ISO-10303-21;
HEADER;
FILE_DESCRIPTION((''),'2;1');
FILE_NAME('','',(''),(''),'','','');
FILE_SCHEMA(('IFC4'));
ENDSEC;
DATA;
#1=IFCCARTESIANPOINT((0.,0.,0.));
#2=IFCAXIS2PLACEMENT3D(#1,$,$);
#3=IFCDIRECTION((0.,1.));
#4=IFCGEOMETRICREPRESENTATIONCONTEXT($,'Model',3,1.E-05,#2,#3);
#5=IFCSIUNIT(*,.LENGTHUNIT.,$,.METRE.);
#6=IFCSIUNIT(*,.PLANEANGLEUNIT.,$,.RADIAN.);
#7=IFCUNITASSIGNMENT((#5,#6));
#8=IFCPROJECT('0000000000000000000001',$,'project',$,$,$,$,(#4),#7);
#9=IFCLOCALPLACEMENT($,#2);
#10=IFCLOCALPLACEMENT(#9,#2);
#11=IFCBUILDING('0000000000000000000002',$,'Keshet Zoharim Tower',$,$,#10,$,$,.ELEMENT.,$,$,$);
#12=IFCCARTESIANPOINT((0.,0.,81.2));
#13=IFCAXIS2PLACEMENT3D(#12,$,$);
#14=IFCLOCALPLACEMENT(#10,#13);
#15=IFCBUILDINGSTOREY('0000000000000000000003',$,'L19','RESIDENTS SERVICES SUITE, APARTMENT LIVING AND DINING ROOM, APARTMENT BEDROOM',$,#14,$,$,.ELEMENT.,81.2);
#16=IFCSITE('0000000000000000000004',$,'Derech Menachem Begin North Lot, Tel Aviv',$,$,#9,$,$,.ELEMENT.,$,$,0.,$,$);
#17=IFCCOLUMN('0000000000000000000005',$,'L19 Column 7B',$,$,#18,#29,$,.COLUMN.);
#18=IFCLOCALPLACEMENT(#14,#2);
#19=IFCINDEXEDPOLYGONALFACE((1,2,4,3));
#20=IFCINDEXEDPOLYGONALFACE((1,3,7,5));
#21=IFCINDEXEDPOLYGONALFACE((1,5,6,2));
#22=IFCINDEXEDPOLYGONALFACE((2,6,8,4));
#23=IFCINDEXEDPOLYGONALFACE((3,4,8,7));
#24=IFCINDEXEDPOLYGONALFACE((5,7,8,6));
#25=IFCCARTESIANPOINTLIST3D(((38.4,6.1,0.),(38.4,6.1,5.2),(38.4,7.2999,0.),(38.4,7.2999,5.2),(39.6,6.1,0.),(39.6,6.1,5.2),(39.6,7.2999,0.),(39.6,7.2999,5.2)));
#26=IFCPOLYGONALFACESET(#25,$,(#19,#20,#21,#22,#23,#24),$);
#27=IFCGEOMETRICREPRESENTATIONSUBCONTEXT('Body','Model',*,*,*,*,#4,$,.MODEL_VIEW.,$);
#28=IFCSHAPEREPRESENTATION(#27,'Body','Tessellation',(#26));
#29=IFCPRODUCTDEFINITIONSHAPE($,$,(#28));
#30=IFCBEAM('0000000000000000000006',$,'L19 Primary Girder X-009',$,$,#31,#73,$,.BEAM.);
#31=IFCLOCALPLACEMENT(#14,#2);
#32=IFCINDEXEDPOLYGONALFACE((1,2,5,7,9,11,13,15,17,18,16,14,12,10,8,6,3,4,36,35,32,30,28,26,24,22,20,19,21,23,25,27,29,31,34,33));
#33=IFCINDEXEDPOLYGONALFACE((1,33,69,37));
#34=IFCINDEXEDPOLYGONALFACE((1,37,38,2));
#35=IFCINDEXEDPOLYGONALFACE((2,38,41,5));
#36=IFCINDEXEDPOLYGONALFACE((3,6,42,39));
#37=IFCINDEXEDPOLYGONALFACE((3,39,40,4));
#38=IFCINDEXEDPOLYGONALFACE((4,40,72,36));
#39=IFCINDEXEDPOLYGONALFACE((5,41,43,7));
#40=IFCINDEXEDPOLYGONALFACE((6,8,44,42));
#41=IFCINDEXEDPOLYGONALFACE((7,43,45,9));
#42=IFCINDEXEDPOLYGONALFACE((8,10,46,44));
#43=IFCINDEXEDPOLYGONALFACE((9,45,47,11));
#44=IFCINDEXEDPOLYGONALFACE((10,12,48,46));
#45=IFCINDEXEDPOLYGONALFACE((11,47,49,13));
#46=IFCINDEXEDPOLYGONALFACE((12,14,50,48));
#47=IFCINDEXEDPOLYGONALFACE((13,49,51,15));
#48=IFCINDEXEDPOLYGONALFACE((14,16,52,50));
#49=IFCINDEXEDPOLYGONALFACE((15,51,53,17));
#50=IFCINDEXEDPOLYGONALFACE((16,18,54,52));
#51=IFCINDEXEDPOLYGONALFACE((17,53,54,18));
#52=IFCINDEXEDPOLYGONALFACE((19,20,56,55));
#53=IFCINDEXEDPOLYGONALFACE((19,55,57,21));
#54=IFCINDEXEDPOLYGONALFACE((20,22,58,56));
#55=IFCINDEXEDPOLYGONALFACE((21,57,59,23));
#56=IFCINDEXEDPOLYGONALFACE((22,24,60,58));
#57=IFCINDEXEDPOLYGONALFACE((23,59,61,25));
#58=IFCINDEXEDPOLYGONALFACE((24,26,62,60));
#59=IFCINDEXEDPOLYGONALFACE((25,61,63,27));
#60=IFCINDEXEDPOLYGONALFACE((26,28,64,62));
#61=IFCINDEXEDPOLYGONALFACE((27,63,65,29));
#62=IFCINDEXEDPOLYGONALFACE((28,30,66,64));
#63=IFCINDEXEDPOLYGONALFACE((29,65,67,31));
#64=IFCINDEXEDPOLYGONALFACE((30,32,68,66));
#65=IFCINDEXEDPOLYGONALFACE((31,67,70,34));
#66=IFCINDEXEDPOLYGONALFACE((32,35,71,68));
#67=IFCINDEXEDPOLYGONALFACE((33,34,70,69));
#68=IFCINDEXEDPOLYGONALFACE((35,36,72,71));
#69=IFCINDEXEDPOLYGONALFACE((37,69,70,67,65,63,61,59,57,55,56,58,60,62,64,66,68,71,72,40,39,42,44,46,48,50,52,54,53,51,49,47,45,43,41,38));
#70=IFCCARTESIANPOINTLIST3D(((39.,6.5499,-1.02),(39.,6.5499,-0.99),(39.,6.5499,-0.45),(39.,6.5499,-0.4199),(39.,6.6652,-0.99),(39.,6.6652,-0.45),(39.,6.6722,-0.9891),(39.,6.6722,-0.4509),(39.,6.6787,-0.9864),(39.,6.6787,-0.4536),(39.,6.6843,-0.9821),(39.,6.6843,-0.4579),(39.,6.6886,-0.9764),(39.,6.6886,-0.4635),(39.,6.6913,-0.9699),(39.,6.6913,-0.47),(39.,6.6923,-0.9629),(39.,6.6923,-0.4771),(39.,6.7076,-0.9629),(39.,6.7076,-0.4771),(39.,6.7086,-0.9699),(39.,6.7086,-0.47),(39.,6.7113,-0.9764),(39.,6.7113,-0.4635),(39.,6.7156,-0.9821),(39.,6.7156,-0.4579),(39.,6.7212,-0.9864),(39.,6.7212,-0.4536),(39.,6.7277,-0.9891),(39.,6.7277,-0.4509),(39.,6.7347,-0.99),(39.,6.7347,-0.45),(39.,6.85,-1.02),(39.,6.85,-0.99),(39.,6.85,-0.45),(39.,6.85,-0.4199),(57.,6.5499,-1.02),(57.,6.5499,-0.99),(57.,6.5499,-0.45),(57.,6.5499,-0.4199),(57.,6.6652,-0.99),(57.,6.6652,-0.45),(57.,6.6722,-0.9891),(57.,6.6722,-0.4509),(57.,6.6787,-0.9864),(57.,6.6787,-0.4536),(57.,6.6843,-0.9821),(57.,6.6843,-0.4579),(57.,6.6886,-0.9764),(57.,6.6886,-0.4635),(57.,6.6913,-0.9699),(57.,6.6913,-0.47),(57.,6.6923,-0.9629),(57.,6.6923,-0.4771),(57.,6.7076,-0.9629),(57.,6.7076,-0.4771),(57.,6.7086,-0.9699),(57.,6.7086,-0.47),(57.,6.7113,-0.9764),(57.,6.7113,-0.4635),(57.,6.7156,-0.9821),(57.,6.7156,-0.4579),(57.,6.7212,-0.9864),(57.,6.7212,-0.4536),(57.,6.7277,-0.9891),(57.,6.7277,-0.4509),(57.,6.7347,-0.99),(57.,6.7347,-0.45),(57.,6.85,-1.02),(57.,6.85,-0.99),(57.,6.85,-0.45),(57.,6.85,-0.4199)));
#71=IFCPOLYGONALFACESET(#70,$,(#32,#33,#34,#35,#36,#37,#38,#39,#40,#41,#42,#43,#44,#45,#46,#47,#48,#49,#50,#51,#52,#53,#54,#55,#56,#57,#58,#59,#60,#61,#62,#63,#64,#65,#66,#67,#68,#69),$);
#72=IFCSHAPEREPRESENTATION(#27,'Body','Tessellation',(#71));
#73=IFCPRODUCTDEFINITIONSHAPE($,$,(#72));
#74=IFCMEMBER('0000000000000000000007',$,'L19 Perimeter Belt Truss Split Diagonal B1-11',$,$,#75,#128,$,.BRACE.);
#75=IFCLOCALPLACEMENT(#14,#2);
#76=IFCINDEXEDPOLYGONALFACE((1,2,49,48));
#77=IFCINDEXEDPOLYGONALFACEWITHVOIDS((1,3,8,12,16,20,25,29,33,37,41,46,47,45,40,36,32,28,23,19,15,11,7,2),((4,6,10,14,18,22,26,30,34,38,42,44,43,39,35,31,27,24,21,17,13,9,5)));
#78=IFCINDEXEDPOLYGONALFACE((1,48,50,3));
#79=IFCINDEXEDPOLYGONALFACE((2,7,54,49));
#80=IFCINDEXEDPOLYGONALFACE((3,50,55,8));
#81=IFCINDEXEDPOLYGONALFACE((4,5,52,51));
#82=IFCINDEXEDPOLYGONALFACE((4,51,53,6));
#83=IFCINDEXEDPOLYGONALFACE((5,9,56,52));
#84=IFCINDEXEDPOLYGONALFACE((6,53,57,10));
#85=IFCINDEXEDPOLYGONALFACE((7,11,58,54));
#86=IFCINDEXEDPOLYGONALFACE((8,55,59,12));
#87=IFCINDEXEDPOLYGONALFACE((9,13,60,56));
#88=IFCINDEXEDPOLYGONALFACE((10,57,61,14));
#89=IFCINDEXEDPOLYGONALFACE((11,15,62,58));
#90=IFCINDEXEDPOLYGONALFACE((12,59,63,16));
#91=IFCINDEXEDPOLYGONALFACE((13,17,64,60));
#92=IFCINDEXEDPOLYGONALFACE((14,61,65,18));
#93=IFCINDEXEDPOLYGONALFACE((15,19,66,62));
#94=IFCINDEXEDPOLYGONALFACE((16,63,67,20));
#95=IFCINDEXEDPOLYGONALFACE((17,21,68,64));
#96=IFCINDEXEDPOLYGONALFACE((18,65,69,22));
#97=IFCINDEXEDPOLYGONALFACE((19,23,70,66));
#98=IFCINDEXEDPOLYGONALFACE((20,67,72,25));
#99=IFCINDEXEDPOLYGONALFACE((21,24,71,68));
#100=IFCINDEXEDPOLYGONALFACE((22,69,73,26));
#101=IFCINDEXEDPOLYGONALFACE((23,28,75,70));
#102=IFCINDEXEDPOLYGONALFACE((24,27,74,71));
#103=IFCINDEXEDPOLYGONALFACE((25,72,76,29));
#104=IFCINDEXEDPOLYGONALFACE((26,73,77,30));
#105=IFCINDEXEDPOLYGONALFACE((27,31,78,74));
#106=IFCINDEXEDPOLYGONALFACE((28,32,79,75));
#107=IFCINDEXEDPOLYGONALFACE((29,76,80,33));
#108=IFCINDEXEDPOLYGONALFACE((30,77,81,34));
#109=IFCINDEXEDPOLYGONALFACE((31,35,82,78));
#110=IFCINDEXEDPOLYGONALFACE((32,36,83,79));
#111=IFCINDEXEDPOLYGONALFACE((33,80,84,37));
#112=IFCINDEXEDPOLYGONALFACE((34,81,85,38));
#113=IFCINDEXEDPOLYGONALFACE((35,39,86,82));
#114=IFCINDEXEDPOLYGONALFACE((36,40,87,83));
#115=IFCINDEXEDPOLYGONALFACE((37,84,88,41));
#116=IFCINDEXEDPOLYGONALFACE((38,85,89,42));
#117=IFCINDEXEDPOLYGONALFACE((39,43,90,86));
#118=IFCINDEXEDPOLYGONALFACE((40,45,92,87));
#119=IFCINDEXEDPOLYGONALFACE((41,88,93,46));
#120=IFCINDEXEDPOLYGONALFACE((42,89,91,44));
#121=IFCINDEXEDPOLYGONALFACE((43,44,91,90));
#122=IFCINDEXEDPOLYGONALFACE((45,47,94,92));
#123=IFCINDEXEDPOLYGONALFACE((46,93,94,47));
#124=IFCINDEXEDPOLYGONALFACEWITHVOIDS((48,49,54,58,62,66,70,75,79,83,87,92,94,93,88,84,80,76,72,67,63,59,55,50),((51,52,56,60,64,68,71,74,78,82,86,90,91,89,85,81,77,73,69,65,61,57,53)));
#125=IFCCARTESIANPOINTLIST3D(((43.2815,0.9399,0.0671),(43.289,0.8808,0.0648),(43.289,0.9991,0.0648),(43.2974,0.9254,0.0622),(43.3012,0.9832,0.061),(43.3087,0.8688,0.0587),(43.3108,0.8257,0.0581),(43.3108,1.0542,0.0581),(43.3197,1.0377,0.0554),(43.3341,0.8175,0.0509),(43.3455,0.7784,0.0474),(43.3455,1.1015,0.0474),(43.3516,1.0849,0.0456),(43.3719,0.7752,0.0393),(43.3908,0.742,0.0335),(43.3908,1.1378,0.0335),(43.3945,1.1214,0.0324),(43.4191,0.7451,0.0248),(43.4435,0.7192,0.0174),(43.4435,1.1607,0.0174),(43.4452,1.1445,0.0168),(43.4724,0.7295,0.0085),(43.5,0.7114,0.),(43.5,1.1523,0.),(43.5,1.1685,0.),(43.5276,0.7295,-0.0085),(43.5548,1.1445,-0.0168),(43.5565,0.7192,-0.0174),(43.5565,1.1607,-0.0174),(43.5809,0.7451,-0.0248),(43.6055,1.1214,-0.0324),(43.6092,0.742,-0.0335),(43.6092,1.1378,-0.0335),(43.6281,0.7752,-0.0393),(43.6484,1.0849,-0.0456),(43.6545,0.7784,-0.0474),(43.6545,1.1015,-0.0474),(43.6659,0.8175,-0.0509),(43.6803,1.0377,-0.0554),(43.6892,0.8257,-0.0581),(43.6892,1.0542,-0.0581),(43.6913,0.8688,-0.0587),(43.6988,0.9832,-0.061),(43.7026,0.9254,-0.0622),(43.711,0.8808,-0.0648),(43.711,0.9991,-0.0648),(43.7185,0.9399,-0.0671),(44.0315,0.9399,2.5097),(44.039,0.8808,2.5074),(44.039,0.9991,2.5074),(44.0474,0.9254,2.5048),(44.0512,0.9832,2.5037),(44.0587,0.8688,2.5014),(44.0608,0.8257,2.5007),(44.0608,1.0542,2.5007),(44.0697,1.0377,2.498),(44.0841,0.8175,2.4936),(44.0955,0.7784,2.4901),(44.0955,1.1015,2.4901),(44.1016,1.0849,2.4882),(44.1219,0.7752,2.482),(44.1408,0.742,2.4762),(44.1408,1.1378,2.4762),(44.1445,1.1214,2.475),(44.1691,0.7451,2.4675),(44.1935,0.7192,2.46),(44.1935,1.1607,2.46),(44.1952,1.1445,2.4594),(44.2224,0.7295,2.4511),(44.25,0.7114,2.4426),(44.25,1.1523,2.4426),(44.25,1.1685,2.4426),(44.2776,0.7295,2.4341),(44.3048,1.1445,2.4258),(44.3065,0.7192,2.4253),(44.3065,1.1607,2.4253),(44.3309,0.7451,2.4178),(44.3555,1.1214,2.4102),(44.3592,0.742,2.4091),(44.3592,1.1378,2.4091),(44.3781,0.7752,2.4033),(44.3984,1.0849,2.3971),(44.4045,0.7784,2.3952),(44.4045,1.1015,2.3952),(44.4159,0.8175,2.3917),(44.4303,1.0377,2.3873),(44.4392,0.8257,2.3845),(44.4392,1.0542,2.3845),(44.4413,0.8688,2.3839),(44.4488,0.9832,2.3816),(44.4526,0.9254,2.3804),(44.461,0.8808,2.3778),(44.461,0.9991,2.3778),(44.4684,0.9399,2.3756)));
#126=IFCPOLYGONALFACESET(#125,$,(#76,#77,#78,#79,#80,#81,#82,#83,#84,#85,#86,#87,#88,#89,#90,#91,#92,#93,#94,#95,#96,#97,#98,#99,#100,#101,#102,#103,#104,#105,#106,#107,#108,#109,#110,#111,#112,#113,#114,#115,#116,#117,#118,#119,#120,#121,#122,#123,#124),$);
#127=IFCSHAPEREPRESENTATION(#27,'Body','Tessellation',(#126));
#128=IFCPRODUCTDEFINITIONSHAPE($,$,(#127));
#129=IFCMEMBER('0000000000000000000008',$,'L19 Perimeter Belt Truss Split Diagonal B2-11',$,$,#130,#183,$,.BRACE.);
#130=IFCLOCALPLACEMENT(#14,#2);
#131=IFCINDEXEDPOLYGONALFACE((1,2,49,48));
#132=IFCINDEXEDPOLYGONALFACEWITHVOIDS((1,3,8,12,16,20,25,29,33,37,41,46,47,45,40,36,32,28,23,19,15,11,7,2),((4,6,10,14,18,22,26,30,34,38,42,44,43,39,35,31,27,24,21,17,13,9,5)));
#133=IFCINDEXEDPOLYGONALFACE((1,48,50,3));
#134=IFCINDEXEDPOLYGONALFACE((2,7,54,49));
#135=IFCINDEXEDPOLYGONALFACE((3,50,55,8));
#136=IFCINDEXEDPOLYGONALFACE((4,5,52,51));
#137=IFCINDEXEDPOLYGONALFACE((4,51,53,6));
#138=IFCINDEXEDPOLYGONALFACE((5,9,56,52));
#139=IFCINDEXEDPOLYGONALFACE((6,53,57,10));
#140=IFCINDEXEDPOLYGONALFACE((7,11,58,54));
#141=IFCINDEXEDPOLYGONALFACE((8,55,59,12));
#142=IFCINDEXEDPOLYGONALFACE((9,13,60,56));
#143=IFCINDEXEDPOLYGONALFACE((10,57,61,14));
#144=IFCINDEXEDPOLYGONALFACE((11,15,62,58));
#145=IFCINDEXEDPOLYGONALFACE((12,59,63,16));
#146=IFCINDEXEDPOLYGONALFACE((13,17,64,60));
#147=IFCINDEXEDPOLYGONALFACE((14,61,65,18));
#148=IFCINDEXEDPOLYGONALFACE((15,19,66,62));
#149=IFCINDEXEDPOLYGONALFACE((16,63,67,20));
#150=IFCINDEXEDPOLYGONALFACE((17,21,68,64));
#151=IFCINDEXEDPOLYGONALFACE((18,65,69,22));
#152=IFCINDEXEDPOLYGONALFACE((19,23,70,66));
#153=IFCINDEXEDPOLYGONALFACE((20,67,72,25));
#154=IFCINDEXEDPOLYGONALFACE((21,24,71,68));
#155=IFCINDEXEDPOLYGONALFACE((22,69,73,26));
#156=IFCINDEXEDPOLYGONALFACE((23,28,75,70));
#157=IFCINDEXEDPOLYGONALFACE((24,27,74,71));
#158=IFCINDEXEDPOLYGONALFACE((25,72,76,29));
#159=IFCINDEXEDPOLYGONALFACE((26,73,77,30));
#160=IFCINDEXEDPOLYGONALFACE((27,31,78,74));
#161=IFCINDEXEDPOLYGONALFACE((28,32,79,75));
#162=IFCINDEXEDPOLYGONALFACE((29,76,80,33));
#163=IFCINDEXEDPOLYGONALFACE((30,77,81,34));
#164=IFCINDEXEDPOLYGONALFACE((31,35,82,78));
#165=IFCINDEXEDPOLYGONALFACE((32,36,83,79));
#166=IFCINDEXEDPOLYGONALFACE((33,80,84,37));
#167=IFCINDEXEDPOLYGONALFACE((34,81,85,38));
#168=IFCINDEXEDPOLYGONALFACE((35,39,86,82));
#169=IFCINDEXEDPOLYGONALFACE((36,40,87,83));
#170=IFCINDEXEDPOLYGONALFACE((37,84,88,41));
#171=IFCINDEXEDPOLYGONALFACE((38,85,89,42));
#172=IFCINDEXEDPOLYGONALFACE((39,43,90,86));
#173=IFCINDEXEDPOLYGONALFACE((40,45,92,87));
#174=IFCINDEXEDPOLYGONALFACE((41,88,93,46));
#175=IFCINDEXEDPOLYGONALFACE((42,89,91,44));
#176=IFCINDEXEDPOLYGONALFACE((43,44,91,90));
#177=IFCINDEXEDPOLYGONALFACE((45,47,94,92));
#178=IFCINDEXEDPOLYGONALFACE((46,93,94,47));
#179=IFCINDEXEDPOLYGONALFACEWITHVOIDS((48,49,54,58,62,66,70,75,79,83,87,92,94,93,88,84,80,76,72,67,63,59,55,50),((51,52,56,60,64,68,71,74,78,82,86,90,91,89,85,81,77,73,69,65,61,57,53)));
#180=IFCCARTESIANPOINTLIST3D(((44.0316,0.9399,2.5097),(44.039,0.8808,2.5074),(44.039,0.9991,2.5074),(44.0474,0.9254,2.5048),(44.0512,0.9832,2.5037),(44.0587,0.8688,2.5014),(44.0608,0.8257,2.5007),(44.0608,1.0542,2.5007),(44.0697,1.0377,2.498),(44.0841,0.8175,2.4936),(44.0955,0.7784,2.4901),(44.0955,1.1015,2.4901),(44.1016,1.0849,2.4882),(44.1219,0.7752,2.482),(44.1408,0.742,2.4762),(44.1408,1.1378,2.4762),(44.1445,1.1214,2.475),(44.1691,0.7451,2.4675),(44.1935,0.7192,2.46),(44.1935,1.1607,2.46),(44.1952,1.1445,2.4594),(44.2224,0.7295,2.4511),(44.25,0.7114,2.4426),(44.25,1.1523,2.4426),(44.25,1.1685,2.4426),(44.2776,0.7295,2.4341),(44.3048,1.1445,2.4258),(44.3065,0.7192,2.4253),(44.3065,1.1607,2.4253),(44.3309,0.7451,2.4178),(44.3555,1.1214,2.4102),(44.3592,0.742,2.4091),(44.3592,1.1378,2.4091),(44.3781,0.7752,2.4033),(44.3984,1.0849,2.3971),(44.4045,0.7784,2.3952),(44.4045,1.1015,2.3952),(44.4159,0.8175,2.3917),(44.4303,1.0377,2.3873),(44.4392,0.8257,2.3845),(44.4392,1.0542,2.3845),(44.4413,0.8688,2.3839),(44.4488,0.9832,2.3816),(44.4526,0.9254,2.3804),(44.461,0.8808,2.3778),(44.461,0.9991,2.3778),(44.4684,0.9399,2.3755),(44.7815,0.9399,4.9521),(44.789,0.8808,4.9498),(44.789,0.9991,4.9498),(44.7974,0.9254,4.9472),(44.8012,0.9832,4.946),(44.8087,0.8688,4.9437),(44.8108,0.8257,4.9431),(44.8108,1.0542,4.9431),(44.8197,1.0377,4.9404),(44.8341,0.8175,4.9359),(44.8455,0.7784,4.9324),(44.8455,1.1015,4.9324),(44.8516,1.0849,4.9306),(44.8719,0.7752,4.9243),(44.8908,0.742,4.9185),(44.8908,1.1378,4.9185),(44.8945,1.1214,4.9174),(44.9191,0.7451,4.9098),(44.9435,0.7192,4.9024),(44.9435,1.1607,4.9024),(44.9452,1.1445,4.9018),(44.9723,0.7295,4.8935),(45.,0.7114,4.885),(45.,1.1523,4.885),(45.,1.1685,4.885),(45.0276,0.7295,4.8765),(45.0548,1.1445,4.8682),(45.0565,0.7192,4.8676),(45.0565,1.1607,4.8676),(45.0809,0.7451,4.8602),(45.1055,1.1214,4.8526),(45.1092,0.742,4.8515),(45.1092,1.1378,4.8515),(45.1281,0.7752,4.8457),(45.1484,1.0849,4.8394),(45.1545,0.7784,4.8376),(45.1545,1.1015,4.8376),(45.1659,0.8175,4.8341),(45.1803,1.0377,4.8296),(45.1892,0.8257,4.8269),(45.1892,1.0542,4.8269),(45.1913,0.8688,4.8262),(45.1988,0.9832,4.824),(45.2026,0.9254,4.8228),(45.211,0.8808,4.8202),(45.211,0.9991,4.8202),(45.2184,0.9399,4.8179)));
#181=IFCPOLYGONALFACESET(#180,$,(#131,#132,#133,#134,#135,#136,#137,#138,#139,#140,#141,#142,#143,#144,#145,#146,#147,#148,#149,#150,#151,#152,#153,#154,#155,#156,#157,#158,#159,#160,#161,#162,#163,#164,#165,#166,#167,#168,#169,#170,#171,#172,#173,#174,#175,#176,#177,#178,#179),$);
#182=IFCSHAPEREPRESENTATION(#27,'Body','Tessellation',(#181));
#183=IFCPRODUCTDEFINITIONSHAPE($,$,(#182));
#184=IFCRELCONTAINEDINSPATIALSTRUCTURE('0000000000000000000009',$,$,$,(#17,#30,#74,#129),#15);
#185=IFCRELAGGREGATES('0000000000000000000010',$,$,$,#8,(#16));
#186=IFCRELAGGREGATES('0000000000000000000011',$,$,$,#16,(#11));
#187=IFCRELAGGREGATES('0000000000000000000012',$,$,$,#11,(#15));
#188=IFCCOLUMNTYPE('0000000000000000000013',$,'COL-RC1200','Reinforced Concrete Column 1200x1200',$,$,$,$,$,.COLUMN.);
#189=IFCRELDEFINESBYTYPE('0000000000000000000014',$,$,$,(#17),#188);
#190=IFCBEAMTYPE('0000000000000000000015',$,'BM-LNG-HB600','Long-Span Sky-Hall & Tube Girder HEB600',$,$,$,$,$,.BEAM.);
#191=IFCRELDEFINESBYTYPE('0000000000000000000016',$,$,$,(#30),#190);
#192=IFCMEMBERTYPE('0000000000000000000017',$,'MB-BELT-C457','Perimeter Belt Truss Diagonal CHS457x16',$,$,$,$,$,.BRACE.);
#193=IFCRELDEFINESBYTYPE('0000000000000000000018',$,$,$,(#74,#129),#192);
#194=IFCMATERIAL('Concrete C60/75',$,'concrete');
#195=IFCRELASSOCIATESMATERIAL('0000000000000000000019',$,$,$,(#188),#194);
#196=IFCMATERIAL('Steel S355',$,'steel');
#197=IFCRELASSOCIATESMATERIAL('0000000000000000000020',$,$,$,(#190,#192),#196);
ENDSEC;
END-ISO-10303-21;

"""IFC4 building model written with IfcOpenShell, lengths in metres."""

from ifc_helpers import new_model, si_unit, direction, frame, origin, origin_2d, place, context, subcontext, project, spatial, rectangle, hollow_circle, i_section, extrude, material, material_profile, profile_set, type_object, element, save


model = new_model("IFC4")

# Units and contexts
model_context = context("Model", 3, precision=1e-05, world=origin(), true_north=direction((0.0, 1.0)))
body_context = subcontext(model_context, "Body", "Model", "MODEL_VIEW")
ifc_project = project(units=[si_unit("LENGTHUNIT", "METRE"), si_unit("PLANEANGLEUNIT", "RADIAN")], contexts=[model_context])

# Site, building, storey
site_placement = place(None, origin())
site = spatial("IfcSite", under=ifc_project, at=site_placement, Name="Derech Menachem Begin North Lot, Tel Aviv", CompositionType="ELEMENT", RefElevation=0.0)
building_placement = place(site_placement, origin())
building = spatial("IfcBuilding", under=site, at=building_placement, Name="Keshet Zoharim Tower", CompositionType="ELEMENT")
storey_placement = place(building_placement, frame((0.0, 0.0, 81.2)))
storey = spatial("IfcBuildingStorey", under=building, at=storey_placement, Name="L19", Description="RESIDENTS SERVICES SUITE, APARTMENT LIVING AND DINING ROOM, APARTMENT BEDROOM", CompositionType="ELEMENT", Elevation=81.2)

# Column
ifc_material_1 = material(Name="Concrete C60/75", Category="concrete")
ifc_material_profile_1 = material_profile(ifc_material_1, rectangle(XDim=1.2, YDim=1.2, at=origin_2d()), Name="RC1200x1200")
ifc_profile_set_1 = profile_set([ifc_material_profile_1], Name="Concrete C60/75")
column_type = type_object("IfcColumnType", Name="COL-RC1200", Description="Reinforced Concrete Column 1200x1200", PredefinedType="COLUMN", material=ifc_profile_set_1)
column_placement = place(storey_placement, frame((39.0, 6.7, 0.0), z_axis=(0.0, 0.0, 1.0), x_axis=(1.0, 0.0, 0.0)))
element("IfcColumn", 1, at=column_placement, inside=storey, type_object=column_type, Name="L19 Column 7B", PredefinedType="COLUMN", context=body_context, shape_type="SweptSolid", body=[
    extrude(rectangle(XDim=1.2, YDim=1.2, at=origin_2d()), origin(), (0.0, 0.0, 1.0), 5.2),
])

# Beam
ifc_material_2 = material(Name="Steel S355", Category="steel")
ifc_material_profile_2 = material_profile(ifc_material_2, i_section(OverallWidth=0.3, OverallDepth=0.6001, WebThickness=0.0154, FlangeThickness=0.03, FilletRadius=0.0271, at=origin_2d()), Name="HEB600")
ifc_profile_set_2 = profile_set([ifc_material_profile_2], Name="Steel S355")
beam_type = type_object("IfcBeamType", Name="BM-LNG-HB600", Description="Long-Span Sky-Hall & Tube Girder HEB600", PredefinedType="BEAM", material=ifc_profile_set_2)
beam_placement = place(storey_placement, frame((39.0, 6.7, -0.72), z_axis=(1.0, 0.0, 0.0), x_axis=(0.0, 1.0, 0.0)))
element("IfcBeam", 2, at=beam_placement, inside=storey, type_object=beam_type, Name="L19 Primary Girder X-009", PredefinedType="BEAM", context=body_context, shape_type="SweptSolid", body=[
    extrude(i_section(OverallWidth=0.3, OverallDepth=0.6001, WebThickness=0.0154, FlangeThickness=0.03, FilletRadius=0.0271, at=origin_2d()), origin(), (0.0, 0.0, 1.0), 18.0),
])

# Members
ifc_material_profile_3 = material_profile(ifc_material_2, hollow_circle(Radius=0.2285, WallThickness=0.0161, at=origin_2d()), Name="CHS457x16")
ifc_profile_set_3 = profile_set([ifc_material_profile_3], Name="Steel S355")
member_type_1 = type_object("IfcMemberType", Name="MB-BELT-C457", Description="Perimeter Belt Truss Diagonal CHS457x16", PredefinedType="BRACE", material=ifc_profile_set_3)
member_1_placement = place(storey_placement, frame((43.5, 0.9399, 0.0), z_axis=(0.293522, 0.0, 0.955952), x_axis=(0.0, 1.0, 0.0)))
element("IfcMember", 3, at=member_1_placement, inside=storey, type_object=member_type_1, Name="L19 Perimeter Belt Truss Split Diagonal B1-11", PredefinedType="BRACE", context=body_context, shape_type="SweptSolid", body=[
    extrude(hollow_circle(Radius=0.2285, WallThickness=0.0161, at=origin_2d()), origin(), (0.0, 0.0, 1.0), 2.5552),
])
member_2_placement = place(storey_placement, frame((44.25, 0.9399, 2.4426), z_axis=(0.293549, 0.0, 0.955944), x_axis=(0.0, 1.0, 0.0)))
element("IfcMember", 4, at=member_2_placement, inside=storey, type_object=member_type_1, Name="L19 Perimeter Belt Truss Split Diagonal B2-11", PredefinedType="BRACE", context=body_context, shape_type="SweptSolid", body=[
    extrude(hollow_circle(Radius=0.2285, WallThickness=0.0161, at=origin_2d()), origin(), (0.0, 0.0, 1.0), 2.5549),
])

save(model, "model.ifc")
